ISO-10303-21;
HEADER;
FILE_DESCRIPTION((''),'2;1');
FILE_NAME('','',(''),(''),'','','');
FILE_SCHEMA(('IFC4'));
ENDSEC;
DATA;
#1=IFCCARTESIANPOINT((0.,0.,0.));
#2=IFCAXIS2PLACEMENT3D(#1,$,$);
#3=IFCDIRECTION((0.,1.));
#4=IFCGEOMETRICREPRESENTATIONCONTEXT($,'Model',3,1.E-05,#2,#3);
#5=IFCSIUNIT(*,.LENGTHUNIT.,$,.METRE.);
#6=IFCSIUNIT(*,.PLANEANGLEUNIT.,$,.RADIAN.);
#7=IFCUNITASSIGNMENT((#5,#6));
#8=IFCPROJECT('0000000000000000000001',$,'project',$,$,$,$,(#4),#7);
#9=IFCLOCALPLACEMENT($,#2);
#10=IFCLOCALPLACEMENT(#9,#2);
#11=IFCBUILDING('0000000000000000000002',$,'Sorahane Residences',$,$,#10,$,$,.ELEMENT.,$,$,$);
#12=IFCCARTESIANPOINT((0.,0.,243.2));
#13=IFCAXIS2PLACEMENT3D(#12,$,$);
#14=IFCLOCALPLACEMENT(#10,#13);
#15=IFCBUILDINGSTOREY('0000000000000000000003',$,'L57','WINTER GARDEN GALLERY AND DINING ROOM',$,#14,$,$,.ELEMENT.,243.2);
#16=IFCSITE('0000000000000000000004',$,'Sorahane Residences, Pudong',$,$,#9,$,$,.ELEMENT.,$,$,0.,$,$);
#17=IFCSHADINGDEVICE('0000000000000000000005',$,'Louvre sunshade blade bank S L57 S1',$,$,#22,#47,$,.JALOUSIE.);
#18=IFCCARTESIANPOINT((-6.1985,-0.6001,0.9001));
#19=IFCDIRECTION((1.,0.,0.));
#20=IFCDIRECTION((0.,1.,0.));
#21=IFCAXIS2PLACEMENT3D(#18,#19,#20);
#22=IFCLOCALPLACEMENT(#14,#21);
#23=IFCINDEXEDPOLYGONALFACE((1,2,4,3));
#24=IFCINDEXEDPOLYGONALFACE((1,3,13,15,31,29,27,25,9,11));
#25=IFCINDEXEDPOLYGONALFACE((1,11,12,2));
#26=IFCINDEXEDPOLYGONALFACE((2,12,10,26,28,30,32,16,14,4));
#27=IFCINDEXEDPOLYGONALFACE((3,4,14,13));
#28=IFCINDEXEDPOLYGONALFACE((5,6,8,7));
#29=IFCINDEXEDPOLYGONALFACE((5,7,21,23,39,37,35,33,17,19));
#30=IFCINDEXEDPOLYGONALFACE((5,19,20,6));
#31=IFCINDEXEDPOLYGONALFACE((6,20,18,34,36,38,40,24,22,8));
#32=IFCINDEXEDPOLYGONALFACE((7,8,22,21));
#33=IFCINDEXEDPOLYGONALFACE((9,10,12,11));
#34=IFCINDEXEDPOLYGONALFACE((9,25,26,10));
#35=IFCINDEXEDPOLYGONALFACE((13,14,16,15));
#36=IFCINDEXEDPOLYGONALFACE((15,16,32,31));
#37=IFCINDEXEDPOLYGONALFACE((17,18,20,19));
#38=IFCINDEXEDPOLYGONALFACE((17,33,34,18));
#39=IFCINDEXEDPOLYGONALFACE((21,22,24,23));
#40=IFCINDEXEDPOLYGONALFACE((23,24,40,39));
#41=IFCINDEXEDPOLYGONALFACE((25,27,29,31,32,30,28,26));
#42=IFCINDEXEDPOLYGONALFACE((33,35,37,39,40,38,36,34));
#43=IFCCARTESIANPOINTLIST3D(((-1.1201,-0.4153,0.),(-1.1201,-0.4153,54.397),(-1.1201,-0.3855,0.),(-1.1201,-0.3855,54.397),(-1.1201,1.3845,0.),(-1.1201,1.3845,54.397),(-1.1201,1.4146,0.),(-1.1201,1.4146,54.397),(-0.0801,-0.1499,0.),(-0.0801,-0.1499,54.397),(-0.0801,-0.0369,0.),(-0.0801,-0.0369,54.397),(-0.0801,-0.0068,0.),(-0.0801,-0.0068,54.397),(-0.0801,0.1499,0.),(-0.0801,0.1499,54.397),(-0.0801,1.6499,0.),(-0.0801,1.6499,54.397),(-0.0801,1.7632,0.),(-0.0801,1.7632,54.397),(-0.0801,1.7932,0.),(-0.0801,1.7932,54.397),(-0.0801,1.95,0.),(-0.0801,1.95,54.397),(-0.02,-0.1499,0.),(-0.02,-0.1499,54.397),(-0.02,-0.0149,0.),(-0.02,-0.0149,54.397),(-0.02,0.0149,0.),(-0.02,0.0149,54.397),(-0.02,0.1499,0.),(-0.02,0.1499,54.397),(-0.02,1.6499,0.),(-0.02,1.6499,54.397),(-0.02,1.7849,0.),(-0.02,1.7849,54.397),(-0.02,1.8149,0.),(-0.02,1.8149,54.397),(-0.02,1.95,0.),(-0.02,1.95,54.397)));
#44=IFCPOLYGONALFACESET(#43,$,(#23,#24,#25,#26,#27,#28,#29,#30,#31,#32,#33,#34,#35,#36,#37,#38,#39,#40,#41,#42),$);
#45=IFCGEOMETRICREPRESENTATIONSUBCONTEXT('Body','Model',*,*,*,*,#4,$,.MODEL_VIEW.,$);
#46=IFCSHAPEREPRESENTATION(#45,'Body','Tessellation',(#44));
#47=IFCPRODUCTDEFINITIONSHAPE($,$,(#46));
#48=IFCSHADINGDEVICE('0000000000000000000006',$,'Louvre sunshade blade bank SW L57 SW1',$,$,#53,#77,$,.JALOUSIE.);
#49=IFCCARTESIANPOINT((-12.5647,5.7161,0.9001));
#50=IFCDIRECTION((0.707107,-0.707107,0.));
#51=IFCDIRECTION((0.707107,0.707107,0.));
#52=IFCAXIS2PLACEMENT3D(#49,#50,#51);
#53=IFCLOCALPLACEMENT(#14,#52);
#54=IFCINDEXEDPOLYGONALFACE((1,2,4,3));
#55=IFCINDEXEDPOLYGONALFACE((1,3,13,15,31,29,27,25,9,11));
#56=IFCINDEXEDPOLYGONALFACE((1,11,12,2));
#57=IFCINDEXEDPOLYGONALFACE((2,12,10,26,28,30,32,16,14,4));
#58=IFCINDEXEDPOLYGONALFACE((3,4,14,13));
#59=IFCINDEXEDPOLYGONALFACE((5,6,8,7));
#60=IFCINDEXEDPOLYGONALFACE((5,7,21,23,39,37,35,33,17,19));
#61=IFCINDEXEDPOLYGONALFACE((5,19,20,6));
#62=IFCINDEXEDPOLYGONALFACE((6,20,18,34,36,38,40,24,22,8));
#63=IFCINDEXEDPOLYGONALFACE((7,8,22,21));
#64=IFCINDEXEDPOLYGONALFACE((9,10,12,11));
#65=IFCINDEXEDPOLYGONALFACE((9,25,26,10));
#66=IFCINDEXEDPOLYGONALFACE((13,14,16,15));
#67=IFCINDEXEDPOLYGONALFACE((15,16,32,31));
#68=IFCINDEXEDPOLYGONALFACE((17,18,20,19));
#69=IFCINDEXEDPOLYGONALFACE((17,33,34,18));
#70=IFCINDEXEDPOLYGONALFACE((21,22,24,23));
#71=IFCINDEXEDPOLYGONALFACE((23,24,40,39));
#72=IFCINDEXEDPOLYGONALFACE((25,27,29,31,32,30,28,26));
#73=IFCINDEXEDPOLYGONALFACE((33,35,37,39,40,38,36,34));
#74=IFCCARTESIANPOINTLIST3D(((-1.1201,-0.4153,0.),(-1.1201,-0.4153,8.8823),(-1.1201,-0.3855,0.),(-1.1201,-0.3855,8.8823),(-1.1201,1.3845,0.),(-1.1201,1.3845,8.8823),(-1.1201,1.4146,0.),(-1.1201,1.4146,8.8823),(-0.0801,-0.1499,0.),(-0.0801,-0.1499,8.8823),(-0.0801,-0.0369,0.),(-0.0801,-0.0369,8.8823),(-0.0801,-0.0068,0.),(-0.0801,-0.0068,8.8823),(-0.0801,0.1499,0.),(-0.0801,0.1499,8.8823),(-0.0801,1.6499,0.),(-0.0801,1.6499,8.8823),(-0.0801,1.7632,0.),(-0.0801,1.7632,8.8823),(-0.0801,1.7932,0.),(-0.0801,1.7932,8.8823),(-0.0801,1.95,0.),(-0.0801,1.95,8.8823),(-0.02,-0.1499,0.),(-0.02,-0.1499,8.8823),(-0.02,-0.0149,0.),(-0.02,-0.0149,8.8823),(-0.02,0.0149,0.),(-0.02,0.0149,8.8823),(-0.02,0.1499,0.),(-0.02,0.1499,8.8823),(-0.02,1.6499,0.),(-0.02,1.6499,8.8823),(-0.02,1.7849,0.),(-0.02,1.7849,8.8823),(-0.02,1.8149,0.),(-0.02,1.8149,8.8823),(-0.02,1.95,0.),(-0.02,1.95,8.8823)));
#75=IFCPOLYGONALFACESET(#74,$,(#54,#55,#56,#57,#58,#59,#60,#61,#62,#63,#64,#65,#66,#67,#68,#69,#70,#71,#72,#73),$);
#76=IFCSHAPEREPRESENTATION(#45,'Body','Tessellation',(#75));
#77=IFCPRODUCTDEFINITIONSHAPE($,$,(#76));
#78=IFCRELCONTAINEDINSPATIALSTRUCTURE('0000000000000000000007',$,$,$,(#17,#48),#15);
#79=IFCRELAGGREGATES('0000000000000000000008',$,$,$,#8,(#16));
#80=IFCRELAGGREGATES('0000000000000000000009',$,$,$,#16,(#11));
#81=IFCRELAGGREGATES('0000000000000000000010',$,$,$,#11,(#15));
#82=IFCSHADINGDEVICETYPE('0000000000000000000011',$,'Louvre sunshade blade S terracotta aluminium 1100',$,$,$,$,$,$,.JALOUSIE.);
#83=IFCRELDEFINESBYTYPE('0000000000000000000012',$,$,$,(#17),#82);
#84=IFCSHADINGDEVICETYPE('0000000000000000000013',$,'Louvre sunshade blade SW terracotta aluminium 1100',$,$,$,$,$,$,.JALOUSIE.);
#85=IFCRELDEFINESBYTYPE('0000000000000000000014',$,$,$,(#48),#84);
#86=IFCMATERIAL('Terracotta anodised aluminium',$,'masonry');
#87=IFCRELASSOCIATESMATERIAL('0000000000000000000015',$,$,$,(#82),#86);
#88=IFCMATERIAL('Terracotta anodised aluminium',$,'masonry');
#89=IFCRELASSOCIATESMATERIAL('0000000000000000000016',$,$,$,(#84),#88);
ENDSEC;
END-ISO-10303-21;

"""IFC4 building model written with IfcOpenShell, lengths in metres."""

from ifc_helpers import new_model, si_unit, direction, frame, origin, place, context, subcontext, project, spatial, polyline, outline, composite_profile, extrude, material, type_object, element, save


model = new_model("IFC4")

# Units and contexts
model_context = context("Model", 3, precision=1e-05, world=origin(), true_north=direction((0.0, 1.0)))
body_context = subcontext(model_context, "Body", "Model", "MODEL_VIEW")
ifc_project = project(units=[si_unit("LENGTHUNIT", "METRE"), si_unit("PLANEANGLEUNIT", "RADIAN")], contexts=[model_context])

# Site, building, storey
site_placement = place(None, origin())
site = spatial("IfcSite", under=ifc_project, at=site_placement, Name="Sorahane Residences, Pudong", CompositionType="ELEMENT", RefElevation=0.0)
building_placement = place(site_placement, origin())
building = spatial("IfcBuilding", under=site, at=building_placement, Name="Sorahane Residences", CompositionType="ELEMENT")
storey_placement = place(building_placement, frame((0.0, 0.0, 243.2)))
storey = spatial("IfcBuildingStorey", under=building, at=storey_placement, Name="L57", Description="WINTER GARDEN GALLERY AND DINING ROOM", CompositionType="ELEMENT", Elevation=243.2)

# Shading devices
ifc_material_1 = material(Name="Terracotta anodised aluminium", Category="masonry")
shading_device_type_1 = type_object("IfcShadingDeviceType", Name="Louvre sunshade blade S terracotta aluminium 1100", PredefinedType="JALOUSIE", material=ifc_material_1)
shading_device_1_placement = place(storey_placement, frame((-6.1985, -0.6001, 0.9001), z_axis=(1.0, 0.0, 0.0), x_axis=(0.0, 1.0, 0.0)))
element("IfcShadingDevice", 1, at=shading_device_1_placement, inside=storey, type_object=shading_device_type_1, Name="Louvre sunshade blade bank S L57 S1", PredefinedType="JALOUSIE", context=body_context, shape_type="SweptSolid", body=[
    extrude(composite_profile([outline(polyline([(-1.1201, -0.3855), (-1.1201, -0.4153), (-0.0801, -0.0369), (-0.0801, -0.1499), (-0.02, -0.1499), (-0.02, -0.0149), (-0.02, 0.0149), (-0.02, 0.1499), (-0.0801, 0.1499), (-0.0801, -0.0068), (-1.1201, -0.3855)])), outline(polyline([(-1.1201, 1.4146), (-1.1201, 1.3845), (-0.0801, 1.7632), (-0.0801, 1.6499), (-0.02, 1.6499), (-0.02, 1.7849), (-0.02, 1.8149), (-0.02, 1.95), (-0.0801, 1.95), (-0.0801, 1.7932), (-1.1201, 1.4146)]))]), origin(), (0.0, 0.0, 1.0), 54.397),
])
ifc_material_2 = material(Name="Terracotta anodised aluminium", Category="masonry")
shading_device_type_2 = type_object("IfcShadingDeviceType", Name="Louvre sunshade blade SW terracotta aluminium 1100", PredefinedType="JALOUSIE", material=ifc_material_2)
shading_device_2_placement = place(storey_placement, frame((-12.5647, 5.7161, 0.9001), z_axis=(0.707107, -0.707107, 0.0), x_axis=(0.707107, 0.707107, 0.0)))
element("IfcShadingDevice", 2, at=shading_device_2_placement, inside=storey, type_object=shading_device_type_2, Name="Louvre sunshade blade bank SW L57 SW1", PredefinedType="JALOUSIE", context=body_context, shape_type="SweptSolid", body=[
    extrude(composite_profile([outline(polyline([(-1.1201, -0.3855), (-1.1201, -0.4153), (-0.0801, -0.0369), (-0.0801, -0.1499), (-0.02, -0.1499), (-0.02, -0.0149), (-0.02, 0.0149), (-0.02, 0.1499), (-0.0801, 0.1499), (-0.0801, -0.0068), (-1.1201, -0.3855)])), outline(polyline([(-1.1201, 1.4146), (-1.1201, 1.3845), (-0.0801, 1.7632), (-0.0801, 1.6499), (-0.02, 1.6499), (-0.02, 1.7849), (-0.02, 1.8149), (-0.02, 1.95), (-0.0801, 1.95), (-0.0801, 1.7932), (-1.1201, 1.4146)]))]), origin(), (0.0, 0.0, 1.0), 8.8823),
])

save(model, "model.ifc")
